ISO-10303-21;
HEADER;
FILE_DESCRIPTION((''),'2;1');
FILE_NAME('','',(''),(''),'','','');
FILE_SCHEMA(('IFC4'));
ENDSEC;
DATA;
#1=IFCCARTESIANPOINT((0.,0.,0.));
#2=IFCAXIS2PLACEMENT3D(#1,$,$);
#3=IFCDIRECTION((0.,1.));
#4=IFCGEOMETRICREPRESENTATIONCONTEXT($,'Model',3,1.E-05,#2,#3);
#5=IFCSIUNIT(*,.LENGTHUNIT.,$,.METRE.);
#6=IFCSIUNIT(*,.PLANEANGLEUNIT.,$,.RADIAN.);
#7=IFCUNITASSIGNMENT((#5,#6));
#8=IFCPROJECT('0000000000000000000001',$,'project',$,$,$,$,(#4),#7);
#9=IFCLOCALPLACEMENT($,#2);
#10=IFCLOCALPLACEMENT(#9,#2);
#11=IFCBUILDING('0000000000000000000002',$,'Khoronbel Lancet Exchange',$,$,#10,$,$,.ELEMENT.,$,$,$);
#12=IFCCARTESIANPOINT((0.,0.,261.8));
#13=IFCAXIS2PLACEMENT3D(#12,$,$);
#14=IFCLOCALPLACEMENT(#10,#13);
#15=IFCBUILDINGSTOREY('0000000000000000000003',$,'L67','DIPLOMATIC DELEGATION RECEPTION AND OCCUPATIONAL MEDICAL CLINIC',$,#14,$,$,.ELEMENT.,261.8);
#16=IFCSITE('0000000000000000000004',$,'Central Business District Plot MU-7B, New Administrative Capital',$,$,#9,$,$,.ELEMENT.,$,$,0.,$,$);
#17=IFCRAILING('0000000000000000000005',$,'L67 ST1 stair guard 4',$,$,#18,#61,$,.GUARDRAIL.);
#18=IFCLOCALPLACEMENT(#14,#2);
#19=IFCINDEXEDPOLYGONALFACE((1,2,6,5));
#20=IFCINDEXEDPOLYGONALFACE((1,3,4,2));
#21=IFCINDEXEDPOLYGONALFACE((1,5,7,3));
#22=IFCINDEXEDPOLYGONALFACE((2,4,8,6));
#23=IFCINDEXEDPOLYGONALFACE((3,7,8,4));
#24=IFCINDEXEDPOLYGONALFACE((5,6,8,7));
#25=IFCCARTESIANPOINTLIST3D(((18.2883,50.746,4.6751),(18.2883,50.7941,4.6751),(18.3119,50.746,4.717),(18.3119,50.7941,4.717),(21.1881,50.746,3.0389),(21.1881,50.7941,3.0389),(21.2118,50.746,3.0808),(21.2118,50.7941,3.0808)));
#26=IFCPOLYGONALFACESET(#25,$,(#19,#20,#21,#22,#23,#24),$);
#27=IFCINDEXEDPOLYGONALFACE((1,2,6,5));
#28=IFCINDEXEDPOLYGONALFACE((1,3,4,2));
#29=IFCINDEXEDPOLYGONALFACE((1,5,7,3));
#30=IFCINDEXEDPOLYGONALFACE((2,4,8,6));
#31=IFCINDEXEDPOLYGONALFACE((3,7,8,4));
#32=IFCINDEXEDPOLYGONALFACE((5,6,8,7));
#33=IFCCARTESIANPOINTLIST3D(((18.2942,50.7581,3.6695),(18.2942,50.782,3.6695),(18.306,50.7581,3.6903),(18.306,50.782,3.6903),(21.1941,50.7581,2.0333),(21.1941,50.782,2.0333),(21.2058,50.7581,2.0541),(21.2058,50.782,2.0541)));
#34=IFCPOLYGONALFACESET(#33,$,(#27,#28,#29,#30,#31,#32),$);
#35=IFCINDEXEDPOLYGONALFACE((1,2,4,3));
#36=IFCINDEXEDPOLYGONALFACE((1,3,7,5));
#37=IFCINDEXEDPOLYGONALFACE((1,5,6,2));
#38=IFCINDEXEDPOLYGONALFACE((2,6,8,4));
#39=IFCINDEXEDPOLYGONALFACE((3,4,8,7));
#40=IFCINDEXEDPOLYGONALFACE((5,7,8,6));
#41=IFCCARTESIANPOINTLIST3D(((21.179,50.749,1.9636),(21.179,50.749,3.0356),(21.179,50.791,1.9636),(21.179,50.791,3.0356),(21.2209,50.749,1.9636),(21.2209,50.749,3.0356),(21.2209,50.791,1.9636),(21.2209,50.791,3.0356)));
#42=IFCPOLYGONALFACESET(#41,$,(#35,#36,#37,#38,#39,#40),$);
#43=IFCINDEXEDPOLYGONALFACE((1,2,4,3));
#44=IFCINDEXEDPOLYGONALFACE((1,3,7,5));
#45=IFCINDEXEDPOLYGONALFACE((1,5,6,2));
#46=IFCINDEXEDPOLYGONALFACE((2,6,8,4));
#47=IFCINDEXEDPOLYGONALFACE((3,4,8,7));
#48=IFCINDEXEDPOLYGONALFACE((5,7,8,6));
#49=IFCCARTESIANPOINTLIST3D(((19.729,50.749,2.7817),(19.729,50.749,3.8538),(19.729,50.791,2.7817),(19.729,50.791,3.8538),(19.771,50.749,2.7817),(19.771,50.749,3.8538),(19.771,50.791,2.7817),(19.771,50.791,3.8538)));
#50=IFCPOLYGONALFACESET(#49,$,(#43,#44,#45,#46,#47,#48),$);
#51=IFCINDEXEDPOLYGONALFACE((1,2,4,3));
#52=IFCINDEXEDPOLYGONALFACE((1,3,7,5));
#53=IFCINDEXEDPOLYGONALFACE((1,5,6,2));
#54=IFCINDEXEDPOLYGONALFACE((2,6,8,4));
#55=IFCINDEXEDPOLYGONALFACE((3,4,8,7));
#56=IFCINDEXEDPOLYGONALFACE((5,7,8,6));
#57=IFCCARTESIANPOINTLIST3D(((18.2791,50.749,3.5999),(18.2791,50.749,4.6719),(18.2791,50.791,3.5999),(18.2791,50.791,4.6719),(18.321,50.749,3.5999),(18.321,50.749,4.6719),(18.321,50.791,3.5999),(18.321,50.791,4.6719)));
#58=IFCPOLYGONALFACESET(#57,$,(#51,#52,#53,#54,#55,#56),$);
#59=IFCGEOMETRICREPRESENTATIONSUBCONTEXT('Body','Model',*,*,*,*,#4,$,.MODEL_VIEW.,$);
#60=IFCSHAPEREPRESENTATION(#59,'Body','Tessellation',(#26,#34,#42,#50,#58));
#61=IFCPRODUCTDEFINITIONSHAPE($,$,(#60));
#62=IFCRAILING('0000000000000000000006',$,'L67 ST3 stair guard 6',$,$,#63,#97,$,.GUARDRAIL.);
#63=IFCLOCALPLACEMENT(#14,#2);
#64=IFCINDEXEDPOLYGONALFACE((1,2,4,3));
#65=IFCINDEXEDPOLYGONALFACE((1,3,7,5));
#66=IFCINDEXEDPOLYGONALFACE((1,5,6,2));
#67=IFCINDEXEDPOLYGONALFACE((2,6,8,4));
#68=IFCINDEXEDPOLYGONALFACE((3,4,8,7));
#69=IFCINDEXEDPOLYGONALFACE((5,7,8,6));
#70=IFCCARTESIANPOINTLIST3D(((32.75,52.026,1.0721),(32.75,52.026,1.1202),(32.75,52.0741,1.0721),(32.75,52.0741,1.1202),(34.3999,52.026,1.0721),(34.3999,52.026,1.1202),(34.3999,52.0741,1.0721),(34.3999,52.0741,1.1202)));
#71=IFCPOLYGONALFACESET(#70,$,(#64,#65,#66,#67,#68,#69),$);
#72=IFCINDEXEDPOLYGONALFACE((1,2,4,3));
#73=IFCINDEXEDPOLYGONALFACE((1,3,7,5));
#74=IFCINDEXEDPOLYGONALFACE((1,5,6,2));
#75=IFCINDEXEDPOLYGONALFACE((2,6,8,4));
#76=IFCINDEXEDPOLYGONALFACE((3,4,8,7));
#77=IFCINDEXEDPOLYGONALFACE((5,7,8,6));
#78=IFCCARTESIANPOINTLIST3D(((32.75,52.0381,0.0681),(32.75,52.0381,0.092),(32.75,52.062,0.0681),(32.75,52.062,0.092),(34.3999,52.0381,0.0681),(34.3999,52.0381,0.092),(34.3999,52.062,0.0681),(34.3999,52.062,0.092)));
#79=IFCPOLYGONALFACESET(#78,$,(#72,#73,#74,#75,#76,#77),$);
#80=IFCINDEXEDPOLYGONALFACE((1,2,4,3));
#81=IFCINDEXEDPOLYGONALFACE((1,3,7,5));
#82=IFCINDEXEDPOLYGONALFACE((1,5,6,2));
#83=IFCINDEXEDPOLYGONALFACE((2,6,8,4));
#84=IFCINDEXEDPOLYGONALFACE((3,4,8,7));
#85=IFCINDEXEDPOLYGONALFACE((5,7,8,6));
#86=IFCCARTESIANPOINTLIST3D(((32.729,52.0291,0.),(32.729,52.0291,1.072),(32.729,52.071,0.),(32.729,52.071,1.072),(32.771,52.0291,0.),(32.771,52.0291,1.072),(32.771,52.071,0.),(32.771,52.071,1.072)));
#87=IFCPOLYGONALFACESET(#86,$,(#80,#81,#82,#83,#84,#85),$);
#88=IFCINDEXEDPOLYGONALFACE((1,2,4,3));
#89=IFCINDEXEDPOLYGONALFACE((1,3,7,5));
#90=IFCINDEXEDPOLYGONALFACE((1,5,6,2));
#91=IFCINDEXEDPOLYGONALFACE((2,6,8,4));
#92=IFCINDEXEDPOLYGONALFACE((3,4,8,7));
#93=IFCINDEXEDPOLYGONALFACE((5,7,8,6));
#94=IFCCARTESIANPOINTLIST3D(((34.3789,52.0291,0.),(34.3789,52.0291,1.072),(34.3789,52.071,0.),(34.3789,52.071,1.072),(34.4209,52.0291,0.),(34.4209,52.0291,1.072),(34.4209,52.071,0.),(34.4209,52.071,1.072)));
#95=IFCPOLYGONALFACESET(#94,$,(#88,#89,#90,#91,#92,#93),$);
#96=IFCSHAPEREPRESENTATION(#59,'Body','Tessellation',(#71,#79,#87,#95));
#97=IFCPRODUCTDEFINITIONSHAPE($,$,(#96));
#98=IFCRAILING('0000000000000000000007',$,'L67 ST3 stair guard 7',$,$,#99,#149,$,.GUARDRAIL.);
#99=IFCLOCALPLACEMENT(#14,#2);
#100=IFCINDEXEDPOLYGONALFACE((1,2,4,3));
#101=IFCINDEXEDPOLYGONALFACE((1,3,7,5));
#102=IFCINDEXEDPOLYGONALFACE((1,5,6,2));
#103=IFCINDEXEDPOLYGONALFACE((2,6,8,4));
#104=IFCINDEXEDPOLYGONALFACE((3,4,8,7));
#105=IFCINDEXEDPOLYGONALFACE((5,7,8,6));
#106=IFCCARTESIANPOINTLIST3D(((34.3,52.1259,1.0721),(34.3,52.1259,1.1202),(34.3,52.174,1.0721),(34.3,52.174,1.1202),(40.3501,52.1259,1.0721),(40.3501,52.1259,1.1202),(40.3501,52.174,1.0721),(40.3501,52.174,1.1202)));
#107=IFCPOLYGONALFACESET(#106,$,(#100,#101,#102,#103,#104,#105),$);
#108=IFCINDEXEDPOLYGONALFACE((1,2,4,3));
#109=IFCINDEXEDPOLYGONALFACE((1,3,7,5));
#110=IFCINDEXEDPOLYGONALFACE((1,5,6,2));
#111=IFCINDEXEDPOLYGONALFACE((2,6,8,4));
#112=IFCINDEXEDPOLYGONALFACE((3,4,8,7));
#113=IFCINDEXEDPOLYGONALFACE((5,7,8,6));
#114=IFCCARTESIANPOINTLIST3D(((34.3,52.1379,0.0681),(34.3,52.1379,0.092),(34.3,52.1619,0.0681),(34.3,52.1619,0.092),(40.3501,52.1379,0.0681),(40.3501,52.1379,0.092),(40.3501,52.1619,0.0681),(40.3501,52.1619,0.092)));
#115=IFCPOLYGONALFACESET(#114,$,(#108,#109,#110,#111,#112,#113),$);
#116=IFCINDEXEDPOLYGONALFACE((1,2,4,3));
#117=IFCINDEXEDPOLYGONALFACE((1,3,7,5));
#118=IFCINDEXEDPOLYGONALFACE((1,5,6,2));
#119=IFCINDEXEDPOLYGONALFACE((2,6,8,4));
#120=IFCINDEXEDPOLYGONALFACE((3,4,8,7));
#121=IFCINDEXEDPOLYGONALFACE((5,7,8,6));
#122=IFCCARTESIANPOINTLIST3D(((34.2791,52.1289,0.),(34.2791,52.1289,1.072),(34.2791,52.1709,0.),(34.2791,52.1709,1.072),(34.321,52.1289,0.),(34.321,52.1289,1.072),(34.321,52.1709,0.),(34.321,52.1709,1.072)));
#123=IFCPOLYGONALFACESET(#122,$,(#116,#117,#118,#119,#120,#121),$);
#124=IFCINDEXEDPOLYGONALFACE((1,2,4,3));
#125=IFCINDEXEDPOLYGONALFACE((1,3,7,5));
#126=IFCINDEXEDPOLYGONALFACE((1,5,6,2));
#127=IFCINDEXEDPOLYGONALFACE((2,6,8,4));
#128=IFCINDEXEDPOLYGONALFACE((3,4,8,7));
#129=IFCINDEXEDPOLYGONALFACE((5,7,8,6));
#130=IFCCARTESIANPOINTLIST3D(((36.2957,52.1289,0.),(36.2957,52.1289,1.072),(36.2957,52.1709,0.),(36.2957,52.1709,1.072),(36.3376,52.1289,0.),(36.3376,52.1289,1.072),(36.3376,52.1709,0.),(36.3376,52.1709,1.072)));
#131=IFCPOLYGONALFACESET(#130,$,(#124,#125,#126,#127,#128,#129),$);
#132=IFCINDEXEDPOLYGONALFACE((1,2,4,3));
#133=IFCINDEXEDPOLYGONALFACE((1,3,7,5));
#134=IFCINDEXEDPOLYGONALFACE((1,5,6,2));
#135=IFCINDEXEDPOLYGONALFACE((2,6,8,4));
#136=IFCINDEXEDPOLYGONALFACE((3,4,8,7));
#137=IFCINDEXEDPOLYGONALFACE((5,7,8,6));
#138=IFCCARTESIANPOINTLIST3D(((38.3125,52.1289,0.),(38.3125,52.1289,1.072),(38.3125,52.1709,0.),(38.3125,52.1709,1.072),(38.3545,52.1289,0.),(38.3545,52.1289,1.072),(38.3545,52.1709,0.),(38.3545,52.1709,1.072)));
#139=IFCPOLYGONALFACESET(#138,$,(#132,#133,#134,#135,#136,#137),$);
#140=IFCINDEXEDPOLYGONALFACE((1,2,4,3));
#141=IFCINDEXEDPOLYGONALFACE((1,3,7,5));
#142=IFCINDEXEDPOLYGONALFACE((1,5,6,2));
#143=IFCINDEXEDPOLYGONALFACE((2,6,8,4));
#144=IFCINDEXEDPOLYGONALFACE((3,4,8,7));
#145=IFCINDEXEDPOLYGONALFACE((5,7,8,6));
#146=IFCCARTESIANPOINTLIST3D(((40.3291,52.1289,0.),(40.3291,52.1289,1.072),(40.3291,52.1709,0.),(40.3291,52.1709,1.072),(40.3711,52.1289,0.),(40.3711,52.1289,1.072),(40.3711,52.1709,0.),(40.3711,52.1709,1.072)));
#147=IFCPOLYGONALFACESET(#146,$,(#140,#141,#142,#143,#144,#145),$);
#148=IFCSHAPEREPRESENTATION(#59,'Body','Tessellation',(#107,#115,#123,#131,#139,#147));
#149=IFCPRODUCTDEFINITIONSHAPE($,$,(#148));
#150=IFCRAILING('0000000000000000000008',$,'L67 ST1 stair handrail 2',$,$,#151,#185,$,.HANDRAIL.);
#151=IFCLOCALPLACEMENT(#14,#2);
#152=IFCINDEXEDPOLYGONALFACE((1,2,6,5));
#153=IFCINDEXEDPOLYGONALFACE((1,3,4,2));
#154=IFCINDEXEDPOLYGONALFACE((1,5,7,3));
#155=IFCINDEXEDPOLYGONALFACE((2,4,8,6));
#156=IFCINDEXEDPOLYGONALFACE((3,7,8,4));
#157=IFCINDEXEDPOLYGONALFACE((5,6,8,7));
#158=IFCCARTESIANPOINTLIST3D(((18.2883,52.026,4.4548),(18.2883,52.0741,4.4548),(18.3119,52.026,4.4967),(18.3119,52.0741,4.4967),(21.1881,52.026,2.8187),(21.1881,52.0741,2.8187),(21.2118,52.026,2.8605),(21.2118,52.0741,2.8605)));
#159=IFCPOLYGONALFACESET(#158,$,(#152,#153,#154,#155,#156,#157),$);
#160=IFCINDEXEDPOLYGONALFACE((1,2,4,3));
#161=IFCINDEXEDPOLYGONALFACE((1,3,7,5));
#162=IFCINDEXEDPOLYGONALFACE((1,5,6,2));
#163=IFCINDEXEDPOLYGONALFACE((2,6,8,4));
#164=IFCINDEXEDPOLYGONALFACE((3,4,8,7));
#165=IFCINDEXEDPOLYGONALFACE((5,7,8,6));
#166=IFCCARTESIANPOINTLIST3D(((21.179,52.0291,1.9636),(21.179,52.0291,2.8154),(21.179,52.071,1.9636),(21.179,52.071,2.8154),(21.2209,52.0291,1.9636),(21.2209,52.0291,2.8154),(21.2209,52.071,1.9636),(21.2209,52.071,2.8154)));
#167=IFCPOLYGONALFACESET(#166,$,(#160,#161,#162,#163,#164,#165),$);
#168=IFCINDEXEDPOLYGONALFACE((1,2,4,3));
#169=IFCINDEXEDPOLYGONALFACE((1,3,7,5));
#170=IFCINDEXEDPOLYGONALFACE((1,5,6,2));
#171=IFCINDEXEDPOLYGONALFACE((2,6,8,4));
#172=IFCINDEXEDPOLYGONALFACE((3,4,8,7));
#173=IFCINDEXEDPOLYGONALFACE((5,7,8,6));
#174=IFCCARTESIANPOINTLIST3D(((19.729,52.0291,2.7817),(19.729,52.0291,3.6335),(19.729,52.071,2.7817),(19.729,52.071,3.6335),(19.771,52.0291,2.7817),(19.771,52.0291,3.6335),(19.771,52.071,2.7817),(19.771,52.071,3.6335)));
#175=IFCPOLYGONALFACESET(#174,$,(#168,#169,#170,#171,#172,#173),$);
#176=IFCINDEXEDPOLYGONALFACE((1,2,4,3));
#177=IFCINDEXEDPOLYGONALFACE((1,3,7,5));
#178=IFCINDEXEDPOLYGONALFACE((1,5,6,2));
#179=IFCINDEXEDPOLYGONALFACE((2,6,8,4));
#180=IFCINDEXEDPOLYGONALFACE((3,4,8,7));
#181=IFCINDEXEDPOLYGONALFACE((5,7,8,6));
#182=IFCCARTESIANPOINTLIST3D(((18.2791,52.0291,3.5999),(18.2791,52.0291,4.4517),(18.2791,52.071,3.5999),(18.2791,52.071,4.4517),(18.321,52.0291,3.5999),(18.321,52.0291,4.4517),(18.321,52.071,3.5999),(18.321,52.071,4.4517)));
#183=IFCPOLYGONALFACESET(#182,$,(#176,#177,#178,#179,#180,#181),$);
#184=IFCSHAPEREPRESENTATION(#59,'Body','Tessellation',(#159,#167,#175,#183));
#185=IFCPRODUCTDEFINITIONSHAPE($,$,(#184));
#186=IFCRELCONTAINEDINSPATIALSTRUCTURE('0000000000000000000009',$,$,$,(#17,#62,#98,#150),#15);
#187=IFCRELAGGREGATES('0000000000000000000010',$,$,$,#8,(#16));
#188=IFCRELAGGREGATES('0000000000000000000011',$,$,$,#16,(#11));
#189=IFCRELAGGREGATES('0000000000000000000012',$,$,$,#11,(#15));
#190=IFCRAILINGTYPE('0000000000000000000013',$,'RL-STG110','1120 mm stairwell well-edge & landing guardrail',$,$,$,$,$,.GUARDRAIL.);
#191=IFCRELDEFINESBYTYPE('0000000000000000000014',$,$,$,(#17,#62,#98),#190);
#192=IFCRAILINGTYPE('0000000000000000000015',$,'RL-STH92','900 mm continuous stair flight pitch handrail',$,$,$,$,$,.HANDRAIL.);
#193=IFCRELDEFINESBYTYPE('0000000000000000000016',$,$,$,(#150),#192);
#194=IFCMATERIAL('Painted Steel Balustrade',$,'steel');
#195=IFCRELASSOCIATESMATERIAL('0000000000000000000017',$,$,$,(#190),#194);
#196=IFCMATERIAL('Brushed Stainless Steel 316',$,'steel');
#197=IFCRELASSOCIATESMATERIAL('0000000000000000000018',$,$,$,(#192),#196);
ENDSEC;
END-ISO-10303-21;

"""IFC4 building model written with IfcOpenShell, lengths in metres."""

from ifc_helpers import new_model, si_unit, direction, frame, origin, origin_2d, place, context, subcontext, project, spatial, rectangle, extrude, material, type_object, element, save


model = new_model("IFC4")

# Units and contexts
model_context = context("Model", 3, precision=1e-05, world=origin(), true_north=direction((0.0, 1.0)))
body_context = subcontext(model_context, "Body", "Model", "MODEL_VIEW")
ifc_project = project(units=[si_unit("LENGTHUNIT", "METRE"), si_unit("PLANEANGLEUNIT", "RADIAN")], contexts=[model_context])

# Site, building, storey
site_placement = place(None, origin())
site = spatial("IfcSite", under=ifc_project, at=site_placement, Name="Central Business District Plot MU-7B, New Administrative Capital", CompositionType="ELEMENT", RefElevation=0.0)
building_placement = place(site_placement, origin())
building = spatial("IfcBuilding", under=site, at=building_placement, Name="Khoronbel Lancet Exchange", CompositionType="ELEMENT")
storey_placement = place(building_placement, frame((0.0, 0.0, 261.8)))
storey = spatial("IfcBuildingStorey", under=building, at=storey_placement, Name="L67", Description="DIPLOMATIC DELEGATION RECEPTION AND OCCUPATIONAL MEDICAL CLINIC", CompositionType="ELEMENT", Elevation=261.8)

# Railings
ifc_material_1 = material(Name="Painted Steel Balustrade", Category="steel")
railing_type_1 = type_object("IfcRailingType", Name="RL-STG110", Description="1120 mm stairwell well-edge & landing guardrail", PredefinedType="GUARDRAIL", material=ifc_material_1)
railing_1_placement = place(storey_placement, frame((21.2, 50.77, 1.9636)))
element("IfcRailing", 1, at=railing_1_placement, inside=storey, type_object=railing_type_1, Name="L67 ST1 stair guard 4", PredefinedType="GUARDRAIL", context=body_context, shape_type="SweptSolid", body=[
    extrude(rectangle(XDim=0.0481, YDim=0.0481, at=origin_2d()), frame((0.0, 0.0, 1.0962), z_axis=(-0.870929, 0.0, 0.49141), x_axis=(0.0, -1.0, 0.0)), (0.0, 0.0, 1.0), 3.3296),
    extrude(rectangle(XDim=0.0239, YDim=0.0239, at=origin_2d()), frame((0.0, 0.0, 0.0801), z_axis=(-0.870929, 0.0, 0.49141), x_axis=(0.0, -1.0, 0.0)), (0.0, 0.0, 1.0), 3.3296),
    extrude(rectangle(XDim=0.042, YDim=0.042, at=origin_2d()), origin(), (0.0, 0.0, 1.0), 1.072),
    extrude(rectangle(XDim=0.042, YDim=0.042, at=origin_2d()), frame((-1.45, 0.0, 0.8181)), (0.0, 0.0, 1.0), 1.072),
    extrude(rectangle(XDim=0.042, YDim=0.042, at=origin_2d()), frame((-2.8999, 0.0, 1.6362)), (0.0, 0.0, 1.0), 1.072),
])
railing_2_placement = place(storey_placement, frame((32.75, 52.05, 0.0)))
element("IfcRailing", 2, at=railing_2_placement, inside=storey, type_object=railing_type_1, Name="L67 ST3 stair guard 6", PredefinedType="GUARDRAIL", context=body_context, shape_type="SweptSolid", body=[
    extrude(rectangle(XDim=0.0481, YDim=0.0481, at=origin_2d()), frame((0.0, 0.0, 1.0962), z_axis=(1.0, 0.0, 0.0), x_axis=(0.0, 1.0, 0.0)), (0.0, 0.0, 1.0), 1.6499),
    extrude(rectangle(XDim=0.0239, YDim=0.0239, at=origin_2d()), frame((0.0, 0.0, 0.0801), z_axis=(1.0, 0.0, 0.0), x_axis=(0.0, 1.0, 0.0)), (0.0, 0.0, 1.0), 1.6499),
    extrude(rectangle(XDim=0.042, YDim=0.042, at=origin_2d()), origin(), (0.0, 0.0, 1.0), 1.072),
    extrude(rectangle(XDim=0.042, YDim=0.042, at=origin_2d()), frame((1.6499, 0.0, 0.0)), (0.0, 0.0, 1.0), 1.072),
])
railing_3_placement = place(storey_placement, frame((34.3, 52.1499, 0.0)))
element("IfcRailing", 3, at=railing_3_placement, inside=storey, type_object=railing_type_1, Name="L67 ST3 stair guard 7", PredefinedType="GUARDRAIL", context=body_context, shape_type="SweptSolid", body=[
    extrude(rectangle(XDim=0.0481, YDim=0.0481, at=origin_2d()), frame((0.0, 0.0, 1.0962), z_axis=(1.0, 0.0, 0.0), x_axis=(0.0, 1.0, 0.0)), (0.0, 0.0, 1.0), 6.05),
    extrude(rectangle(XDim=0.0239, YDim=0.0239, at=origin_2d()), frame((0.0, 0.0, 0.0801), z_axis=(1.0, 0.0, 0.0), x_axis=(0.0, 1.0, 0.0)), (0.0, 0.0, 1.0), 6.05),
    extrude(rectangle(XDim=0.042, YDim=0.042, at=origin_2d()), origin(), (0.0, 0.0, 1.0), 1.072),
    extrude(rectangle(XDim=0.042, YDim=0.042, at=origin_2d()), frame((2.0166, 0.0, 0.0)), (0.0, 0.0, 1.0), 1.072),
    extrude(rectangle(XDim=0.042, YDim=0.042, at=origin_2d()), frame((4.0334, 0.0, 0.0)), (0.0, 0.0, 1.0), 1.072),
    extrude(rectangle(XDim=0.042, YDim=0.042, at=origin_2d()), frame((6.05, 0.0, 0.0)), (0.0, 0.0, 1.0), 1.072),
])
ifc_material_2 = material(Name="Brushed Stainless Steel 316", Category="steel")
railing_type_2 = type_object("IfcRailingType", Name="RL-STH92", Description="900 mm continuous stair flight pitch handrail", PredefinedType="HANDRAIL", material=ifc_material_2)
railing_4_placement = place(storey_placement, frame((21.2, 52.05, 1.9636)))
element("IfcRailing", 4, at=railing_4_placement, inside=storey, type_object=railing_type_2, Name="L67 ST1 stair handrail 2", PredefinedType="HANDRAIL", context=body_context, shape_type="SweptSolid", body=[
    extrude(rectangle(XDim=0.0481, YDim=0.0481, at=origin_2d()), frame((0.0, 0.0, 0.876), z_axis=(-0.870929, 0.0, 0.49141), x_axis=(0.0, -1.0, 0.0)), (0.0, 0.0, 1.0), 3.3296),
    extrude(rectangle(XDim=0.042, YDim=0.042, at=origin_2d()), origin(), (0.0, 0.0, 1.0), 0.8518),
    extrude(rectangle(XDim=0.042, YDim=0.042, at=origin_2d()), frame((-1.45, 0.0, 0.8181)), (0.0, 0.0, 1.0), 0.8518),
    extrude(rectangle(XDim=0.042, YDim=0.042, at=origin_2d()), frame((-2.8999, 0.0, 1.6362)), (0.0, 0.0, 1.0), 0.8518),
])

save(model, "model.ifc")
